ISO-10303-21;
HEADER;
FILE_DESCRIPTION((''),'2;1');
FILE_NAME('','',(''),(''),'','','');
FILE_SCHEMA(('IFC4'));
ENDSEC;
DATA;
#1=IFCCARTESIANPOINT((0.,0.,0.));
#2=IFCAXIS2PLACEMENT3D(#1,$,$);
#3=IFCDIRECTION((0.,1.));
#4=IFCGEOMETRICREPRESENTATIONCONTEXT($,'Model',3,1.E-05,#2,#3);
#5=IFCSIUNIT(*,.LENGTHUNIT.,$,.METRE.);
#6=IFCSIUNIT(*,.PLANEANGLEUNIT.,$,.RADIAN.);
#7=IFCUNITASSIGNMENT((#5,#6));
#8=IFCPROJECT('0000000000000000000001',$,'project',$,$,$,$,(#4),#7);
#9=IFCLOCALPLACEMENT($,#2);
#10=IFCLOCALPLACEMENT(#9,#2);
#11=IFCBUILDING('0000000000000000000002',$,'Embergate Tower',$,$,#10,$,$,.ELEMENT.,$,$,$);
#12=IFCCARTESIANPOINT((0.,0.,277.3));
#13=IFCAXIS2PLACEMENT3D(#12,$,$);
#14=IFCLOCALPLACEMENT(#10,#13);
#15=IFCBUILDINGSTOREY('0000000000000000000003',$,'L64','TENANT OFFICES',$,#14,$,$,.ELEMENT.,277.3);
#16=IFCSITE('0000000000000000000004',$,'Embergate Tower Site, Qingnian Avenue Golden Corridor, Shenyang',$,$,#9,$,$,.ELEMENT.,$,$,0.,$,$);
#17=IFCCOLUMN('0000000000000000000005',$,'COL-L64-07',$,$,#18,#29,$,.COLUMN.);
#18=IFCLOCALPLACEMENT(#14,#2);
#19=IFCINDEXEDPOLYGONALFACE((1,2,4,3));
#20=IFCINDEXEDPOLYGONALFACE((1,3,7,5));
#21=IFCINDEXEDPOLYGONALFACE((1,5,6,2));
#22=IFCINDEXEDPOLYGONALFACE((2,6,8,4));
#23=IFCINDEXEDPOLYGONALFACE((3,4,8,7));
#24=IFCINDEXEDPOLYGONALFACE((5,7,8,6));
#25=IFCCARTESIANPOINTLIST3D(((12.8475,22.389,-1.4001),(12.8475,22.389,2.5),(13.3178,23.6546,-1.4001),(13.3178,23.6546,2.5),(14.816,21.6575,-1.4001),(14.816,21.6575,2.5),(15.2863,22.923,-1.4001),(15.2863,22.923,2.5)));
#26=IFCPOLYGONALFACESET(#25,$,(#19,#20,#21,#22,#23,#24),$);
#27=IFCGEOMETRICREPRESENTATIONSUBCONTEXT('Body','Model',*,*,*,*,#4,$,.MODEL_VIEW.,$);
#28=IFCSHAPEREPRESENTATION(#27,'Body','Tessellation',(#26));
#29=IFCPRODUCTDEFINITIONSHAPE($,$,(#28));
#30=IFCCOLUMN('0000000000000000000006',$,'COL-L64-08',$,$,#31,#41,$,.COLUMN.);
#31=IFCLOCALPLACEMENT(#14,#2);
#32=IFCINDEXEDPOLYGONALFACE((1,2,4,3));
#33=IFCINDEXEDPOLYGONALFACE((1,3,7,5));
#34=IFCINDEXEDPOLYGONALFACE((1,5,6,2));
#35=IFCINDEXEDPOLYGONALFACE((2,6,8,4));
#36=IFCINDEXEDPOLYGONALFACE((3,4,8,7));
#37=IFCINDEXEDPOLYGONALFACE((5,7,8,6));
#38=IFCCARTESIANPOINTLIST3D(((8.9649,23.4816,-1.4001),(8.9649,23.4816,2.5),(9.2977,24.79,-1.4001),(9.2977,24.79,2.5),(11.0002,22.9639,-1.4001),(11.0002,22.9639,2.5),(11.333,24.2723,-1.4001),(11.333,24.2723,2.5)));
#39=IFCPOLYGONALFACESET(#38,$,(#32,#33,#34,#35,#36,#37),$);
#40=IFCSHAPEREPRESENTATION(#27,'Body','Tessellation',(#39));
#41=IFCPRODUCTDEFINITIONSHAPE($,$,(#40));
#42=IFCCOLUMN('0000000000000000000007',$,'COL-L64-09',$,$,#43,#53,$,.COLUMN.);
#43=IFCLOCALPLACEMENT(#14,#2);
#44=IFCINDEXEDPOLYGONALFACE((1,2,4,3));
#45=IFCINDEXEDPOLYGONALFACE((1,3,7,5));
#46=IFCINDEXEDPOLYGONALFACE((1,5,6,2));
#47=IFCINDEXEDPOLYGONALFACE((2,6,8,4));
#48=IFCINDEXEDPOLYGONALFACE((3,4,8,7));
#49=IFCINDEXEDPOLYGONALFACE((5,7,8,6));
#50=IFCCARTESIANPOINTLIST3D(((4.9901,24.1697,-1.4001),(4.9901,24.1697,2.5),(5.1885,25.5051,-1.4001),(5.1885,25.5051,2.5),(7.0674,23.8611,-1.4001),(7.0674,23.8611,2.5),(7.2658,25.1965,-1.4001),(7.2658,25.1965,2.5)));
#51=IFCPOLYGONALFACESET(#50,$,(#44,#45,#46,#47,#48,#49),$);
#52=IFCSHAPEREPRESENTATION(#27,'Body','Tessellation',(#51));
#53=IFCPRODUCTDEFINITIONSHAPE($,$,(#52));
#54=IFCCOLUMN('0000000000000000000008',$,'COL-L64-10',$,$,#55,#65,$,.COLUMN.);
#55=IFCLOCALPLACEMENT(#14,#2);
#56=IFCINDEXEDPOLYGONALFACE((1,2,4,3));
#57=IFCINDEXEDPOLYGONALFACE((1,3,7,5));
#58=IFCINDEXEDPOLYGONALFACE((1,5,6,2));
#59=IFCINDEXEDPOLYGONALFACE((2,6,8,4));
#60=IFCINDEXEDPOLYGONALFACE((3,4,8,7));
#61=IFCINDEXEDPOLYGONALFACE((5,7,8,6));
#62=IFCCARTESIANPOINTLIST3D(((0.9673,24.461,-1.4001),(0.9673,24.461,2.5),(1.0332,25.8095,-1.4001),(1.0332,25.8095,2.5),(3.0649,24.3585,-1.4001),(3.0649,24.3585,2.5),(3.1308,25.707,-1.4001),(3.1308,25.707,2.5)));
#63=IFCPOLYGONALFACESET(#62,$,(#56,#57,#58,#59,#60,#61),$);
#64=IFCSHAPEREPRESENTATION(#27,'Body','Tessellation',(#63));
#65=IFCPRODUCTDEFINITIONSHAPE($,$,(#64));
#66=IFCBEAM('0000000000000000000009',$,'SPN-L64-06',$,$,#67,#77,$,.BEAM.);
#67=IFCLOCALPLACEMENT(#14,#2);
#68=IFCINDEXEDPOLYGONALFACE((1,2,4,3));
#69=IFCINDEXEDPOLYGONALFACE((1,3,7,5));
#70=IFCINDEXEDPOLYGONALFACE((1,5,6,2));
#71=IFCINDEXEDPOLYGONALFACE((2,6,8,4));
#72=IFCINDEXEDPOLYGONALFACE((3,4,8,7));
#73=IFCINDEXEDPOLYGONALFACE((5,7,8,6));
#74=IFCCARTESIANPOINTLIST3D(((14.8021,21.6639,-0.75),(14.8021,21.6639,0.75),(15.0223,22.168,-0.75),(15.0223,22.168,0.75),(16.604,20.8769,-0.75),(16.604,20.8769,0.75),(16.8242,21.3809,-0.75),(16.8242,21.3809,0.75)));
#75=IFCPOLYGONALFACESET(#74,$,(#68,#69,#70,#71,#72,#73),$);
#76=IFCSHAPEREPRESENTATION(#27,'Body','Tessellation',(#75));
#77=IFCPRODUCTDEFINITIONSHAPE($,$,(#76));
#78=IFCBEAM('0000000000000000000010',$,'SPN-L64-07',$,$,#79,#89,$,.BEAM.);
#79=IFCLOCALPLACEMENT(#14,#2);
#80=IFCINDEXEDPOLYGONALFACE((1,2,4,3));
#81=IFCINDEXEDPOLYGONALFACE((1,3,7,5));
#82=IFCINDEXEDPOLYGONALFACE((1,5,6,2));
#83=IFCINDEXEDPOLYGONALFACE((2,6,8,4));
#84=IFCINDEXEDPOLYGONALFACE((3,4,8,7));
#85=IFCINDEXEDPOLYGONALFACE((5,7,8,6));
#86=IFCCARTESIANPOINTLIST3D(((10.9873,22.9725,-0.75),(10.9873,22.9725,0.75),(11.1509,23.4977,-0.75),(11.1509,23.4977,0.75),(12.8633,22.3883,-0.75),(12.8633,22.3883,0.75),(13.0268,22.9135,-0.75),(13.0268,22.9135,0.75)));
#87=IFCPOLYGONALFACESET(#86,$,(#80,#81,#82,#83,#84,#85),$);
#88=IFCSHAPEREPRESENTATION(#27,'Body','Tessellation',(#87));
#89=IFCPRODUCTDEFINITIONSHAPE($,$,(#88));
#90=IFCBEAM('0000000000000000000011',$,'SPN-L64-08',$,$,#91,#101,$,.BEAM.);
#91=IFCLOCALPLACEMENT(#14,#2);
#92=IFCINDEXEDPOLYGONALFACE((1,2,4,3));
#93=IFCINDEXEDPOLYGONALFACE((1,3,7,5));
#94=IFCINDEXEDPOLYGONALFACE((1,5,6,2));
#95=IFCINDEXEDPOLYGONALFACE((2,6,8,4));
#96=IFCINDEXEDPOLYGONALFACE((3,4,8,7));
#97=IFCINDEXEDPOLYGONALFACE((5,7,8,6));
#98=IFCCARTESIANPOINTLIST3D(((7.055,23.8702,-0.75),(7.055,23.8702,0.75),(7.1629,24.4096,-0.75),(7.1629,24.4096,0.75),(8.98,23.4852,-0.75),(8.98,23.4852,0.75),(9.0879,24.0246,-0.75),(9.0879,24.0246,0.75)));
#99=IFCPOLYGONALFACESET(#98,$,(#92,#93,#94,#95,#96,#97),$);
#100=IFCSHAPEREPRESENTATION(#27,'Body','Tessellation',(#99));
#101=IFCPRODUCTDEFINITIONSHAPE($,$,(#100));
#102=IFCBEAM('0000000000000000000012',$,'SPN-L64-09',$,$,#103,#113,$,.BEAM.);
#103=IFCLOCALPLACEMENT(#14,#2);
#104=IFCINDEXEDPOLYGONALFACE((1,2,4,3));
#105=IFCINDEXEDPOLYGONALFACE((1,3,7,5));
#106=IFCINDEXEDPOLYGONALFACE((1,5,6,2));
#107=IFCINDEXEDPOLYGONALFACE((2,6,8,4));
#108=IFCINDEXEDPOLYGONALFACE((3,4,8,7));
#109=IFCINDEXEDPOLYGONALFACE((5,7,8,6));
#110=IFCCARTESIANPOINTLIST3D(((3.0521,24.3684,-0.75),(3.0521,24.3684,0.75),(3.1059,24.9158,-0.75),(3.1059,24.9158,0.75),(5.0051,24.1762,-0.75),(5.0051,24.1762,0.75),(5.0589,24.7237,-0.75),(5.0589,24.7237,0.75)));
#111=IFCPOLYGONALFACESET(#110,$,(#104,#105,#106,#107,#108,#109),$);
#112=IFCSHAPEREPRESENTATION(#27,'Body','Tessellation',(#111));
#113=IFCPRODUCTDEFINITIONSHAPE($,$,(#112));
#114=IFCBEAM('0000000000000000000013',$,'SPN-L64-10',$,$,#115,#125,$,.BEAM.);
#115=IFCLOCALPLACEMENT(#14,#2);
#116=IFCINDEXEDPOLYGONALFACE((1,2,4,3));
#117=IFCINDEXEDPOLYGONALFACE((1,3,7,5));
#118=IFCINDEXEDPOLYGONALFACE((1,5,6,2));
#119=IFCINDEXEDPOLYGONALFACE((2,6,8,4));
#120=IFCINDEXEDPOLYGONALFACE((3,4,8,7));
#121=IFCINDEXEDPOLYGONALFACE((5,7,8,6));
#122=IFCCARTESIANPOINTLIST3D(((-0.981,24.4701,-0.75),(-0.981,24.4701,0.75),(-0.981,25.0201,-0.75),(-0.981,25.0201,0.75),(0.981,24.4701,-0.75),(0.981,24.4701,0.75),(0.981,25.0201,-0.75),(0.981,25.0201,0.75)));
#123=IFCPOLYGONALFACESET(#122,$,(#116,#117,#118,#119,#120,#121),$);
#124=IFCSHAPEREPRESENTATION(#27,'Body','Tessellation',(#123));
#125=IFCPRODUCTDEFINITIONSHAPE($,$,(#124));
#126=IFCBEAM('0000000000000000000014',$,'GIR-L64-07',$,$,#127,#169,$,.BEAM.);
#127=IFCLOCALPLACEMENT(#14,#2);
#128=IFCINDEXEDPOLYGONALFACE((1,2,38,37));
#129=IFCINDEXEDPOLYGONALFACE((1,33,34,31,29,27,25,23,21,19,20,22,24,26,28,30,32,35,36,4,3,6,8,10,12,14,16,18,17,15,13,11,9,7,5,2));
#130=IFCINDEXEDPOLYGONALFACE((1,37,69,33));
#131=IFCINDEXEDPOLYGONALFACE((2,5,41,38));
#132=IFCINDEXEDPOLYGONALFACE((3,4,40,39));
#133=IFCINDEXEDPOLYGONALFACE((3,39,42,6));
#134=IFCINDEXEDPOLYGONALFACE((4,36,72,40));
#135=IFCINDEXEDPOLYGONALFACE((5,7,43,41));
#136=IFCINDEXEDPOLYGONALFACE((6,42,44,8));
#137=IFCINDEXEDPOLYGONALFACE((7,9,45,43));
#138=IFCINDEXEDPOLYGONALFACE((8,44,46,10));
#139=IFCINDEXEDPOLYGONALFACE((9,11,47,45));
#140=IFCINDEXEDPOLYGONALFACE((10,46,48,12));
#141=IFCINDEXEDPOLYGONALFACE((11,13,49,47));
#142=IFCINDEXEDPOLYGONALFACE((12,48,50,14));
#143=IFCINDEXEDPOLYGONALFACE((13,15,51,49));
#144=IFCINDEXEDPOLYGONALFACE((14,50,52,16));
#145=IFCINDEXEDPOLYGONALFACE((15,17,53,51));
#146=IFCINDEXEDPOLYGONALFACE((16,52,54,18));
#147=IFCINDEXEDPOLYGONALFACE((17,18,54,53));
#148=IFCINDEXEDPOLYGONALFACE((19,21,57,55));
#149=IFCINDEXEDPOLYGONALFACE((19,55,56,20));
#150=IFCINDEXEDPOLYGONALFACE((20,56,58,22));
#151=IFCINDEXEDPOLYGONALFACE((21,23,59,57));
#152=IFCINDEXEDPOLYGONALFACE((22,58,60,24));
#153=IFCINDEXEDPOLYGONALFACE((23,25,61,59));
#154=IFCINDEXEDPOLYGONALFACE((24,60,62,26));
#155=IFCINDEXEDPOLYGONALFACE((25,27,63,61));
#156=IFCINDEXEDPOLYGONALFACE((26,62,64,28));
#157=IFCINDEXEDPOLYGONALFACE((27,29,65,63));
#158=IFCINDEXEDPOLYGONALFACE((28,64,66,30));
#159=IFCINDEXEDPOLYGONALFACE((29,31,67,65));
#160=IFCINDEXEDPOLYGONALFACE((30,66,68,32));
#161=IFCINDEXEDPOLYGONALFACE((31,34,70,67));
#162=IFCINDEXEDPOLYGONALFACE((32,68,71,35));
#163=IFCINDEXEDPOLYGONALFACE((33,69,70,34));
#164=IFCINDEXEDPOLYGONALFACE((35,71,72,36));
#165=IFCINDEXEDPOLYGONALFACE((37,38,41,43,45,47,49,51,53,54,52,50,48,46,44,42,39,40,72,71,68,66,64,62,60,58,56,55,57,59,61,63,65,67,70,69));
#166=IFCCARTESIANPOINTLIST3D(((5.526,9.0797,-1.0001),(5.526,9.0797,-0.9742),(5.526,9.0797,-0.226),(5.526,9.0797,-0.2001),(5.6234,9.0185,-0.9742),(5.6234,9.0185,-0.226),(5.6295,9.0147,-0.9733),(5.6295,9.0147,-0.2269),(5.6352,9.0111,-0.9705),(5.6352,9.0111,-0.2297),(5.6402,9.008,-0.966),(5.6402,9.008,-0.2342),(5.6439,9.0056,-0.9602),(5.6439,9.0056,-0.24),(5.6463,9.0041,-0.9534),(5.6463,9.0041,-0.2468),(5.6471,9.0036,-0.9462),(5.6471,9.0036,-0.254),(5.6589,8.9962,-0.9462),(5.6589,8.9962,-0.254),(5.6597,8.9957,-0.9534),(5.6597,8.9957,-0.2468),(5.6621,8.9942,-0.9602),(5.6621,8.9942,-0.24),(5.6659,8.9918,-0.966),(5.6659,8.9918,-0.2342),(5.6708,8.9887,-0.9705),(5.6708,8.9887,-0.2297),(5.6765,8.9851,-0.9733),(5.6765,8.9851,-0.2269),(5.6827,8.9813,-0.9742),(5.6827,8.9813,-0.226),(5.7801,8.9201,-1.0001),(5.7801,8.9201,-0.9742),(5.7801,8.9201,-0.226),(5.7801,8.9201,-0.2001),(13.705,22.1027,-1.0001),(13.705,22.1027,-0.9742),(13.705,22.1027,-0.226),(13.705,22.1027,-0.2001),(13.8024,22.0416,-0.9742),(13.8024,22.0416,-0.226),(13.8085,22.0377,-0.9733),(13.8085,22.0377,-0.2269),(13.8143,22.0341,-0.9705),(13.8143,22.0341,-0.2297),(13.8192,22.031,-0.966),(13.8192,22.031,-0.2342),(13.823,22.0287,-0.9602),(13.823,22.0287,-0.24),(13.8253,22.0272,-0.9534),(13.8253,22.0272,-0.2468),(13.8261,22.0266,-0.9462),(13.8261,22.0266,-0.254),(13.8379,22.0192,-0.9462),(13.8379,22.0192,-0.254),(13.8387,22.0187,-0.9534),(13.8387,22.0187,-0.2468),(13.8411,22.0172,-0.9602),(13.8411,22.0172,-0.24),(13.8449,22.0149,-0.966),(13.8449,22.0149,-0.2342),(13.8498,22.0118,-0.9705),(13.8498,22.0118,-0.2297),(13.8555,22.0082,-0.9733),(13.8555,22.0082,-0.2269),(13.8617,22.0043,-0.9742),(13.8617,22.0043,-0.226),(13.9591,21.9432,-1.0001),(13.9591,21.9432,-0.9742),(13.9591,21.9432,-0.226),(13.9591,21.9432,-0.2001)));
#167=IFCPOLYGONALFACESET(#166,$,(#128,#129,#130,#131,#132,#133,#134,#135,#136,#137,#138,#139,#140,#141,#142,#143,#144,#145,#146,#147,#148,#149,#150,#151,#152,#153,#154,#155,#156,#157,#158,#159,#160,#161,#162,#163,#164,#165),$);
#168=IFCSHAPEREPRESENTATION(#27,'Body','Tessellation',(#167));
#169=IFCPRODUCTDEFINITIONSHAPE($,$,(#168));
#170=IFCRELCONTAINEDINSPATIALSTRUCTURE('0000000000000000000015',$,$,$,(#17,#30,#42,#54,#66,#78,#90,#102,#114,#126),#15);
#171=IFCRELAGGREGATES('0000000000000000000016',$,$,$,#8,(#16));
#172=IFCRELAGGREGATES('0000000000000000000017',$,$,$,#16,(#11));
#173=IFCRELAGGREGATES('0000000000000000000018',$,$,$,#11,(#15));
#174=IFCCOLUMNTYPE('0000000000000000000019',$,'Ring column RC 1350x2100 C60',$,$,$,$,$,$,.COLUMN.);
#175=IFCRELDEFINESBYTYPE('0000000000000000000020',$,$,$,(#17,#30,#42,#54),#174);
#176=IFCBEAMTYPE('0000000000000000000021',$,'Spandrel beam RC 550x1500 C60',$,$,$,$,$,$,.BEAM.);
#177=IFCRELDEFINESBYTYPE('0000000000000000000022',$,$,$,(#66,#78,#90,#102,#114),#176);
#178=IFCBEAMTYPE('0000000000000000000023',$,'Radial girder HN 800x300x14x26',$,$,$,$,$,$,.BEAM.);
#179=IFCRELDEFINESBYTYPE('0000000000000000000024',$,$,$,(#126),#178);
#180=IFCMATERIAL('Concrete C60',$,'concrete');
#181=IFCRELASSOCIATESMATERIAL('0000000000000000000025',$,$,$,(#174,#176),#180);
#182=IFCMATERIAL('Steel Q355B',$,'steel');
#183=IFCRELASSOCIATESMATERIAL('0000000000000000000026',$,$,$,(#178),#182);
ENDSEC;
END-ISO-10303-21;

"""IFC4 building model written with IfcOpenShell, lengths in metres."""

from ifc_helpers import new_model, si_unit, direction, frame, origin, origin_2d, place, context, subcontext, project, spatial, rectangle, i_section, extrude, source, transform, mapped, material, material_profile, profile_set, type_object, element, save


model = new_model("IFC4")

# Units and contexts
model_context = context("Model", 3, precision=1e-05, world=origin(), true_north=direction((0.0, 1.0)))
body_context = subcontext(model_context, "Body", "Model", "MODEL_VIEW")
ifc_project = project(units=[si_unit("LENGTHUNIT", "METRE"), si_unit("PLANEANGLEUNIT", "RADIAN")], contexts=[model_context])

# Site, building, storey
site_placement = place(None, origin())
site = spatial("IfcSite", under=ifc_project, at=site_placement, Name="Embergate Tower Site, Qingnian Avenue Golden Corridor, Shenyang", CompositionType="ELEMENT", RefElevation=0.0)
building_placement = place(site_placement, origin())
building = spatial("IfcBuilding", under=site, at=building_placement, Name="Embergate Tower", CompositionType="ELEMENT")
storey_placement = place(building_placement, frame((0.0, 0.0, 277.3)))
storey = spatial("IfcBuildingStorey", under=building, at=storey_placement, Name="L64", Description="TENANT OFFICES", CompositionType="ELEMENT", Elevation=277.3)

# Columns
ifc_material_1 = material(Name="Concrete C60", Category="concrete")
ifc_material_profile_1 = material_profile(ifc_material_1, rectangle(XDim=1.3501, YDim=2.1001, at=origin_2d()), Name="RC 1350x2100")
ifc_profile_set_1 = profile_set([ifc_material_profile_1], Name="Concrete C60")
column_type = type_object("IfcColumnType", Name="Ring column RC 1350x2100 C60", PredefinedType="COLUMN", material=ifc_profile_set_1)
shared_shape_1 = source(origin(), body_context, "Body", "SweptSolid", [
    extrude(rectangle(XDim=1.3501, YDim=2.1001, at=origin_2d()), origin(), (0.0, 0.0, 1.0), 3.9001),
])
for number, where, z_axis, x_axis, name in (
    (1, (14.0669, 22.656, -1.4001), (0.0, 0.0, 1.0), (0.348343, 0.937367, 0.0), "COL-L64-07"),
    (2, (10.1489, 23.877, -1.4001), (0.0, 0.0, 1.0), (0.246492, 0.969145, 0.0), "COL-L64-08"),
    (3, (6.1279, 24.6831, -1.4001), (0.0, 0.0, 1.0), (0.146929, 0.989147, 0.0), "COL-L64-09"),
    (4, (2.0491, 25.084, -1.4001), (0.0, 0.0, 1.0), (0.048815, 0.998808, 0.0), "COL-L64-10"),
):
    element("IfcColumn", number, at=place(storey_placement, frame(where, z_axis=z_axis, x_axis=x_axis)), inside=storey, type_object=column_type, Name=name, PredefinedType="COLUMN", context=body_context, shape_type="MappedRepresentation", body=[
        mapped(shared_shape_1, transform((0.0, 0.0, 0.0))),
    ])

# Beams
ifc_material_profile_2 = material_profile(ifc_material_1, rectangle(XDim=0.55, YDim=1.5, at=origin_2d()), Name="RC 550x1500")
ifc_profile_set_2 = profile_set([ifc_material_profile_2], Name="Concrete C60")
beam_type_1 = type_object("IfcBeamType", Name="Spandrel beam RC 550x1500 C60", PredefinedType="BEAM", material=ifc_profile_set_2)
shared_shape_2 = source(origin(), body_context, "Body", "SweptSolid", [
    extrude(rectangle(XDim=0.55, YDim=1.5, at=origin_2d()), origin(), (0.0, 0.0, 1.0), 1.9663),
])
beam_1_placement = place(storey_placement, frame((16.7141, 21.1289, 0.0), z_axis=(-0.916394, 0.400278, 0.0), x_axis=(-0.400278, -0.916394, 0.0)))
element("IfcBeam", 5, at=beam_1_placement, inside=storey, type_object=beam_type_1, Name="SPN-L64-06", PredefinedType="BEAM", context=body_context, shape_type="MappedRepresentation", body=[
    mapped(shared_shape_2, transform((0.0, 0.0, 0.0))),
])
shared_shape_3 = source(origin(), body_context, "Body", "SweptSolid", [
    extrude(rectangle(XDim=0.55, YDim=1.5, at=origin_2d()), origin(), (0.0, 0.0, 1.0), 1.9648),
])
beam_2_placement = place(storey_placement, frame((12.9451, 22.6509, 0.0), z_axis=(-0.954771, 0.297341, 0.0), x_axis=(-0.297341, -0.954771, 0.0)))
element("IfcBeam", 6, at=beam_2_placement, inside=storey, type_object=beam_type_1, Name="SPN-L64-07", PredefinedType="BEAM", context=body_context, shape_type="MappedRepresentation", body=[
    mapped(shared_shape_3, transform((0.0, 0.0, 0.0))),
])
shared_shape_4 = source(origin(), body_context, "Body", "SweptSolid", [
    extrude(rectangle(XDim=0.55, YDim=1.5, at=origin_2d()), origin(), (0.0, 0.0, 1.0), 1.9631),
])
beam_3_placement = place(storey_placement, frame((9.0339, 23.7549, 0.0), z_axis=(-0.980581, 0.196116, 0.0), x_axis=(-0.196116, -0.980581, 0.0)))
element("IfcBeam", 7, at=beam_3_placement, inside=storey, type_object=beam_type_1, Name="SPN-L64-08", PredefinedType="BEAM", context=body_context, shape_type="MappedRepresentation", body=[
    mapped(shared_shape_4, transform((0.0, 0.0, 0.0))),
])
shared_shape_5 = source(origin(), body_context, "Body", "SweptSolid", [
    extrude(rectangle(XDim=0.55, YDim=1.5, at=origin_2d()), origin(), (0.0, 0.0, 1.0), 1.9624),
])
beam_4_placement = place(storey_placement, frame((5.032, 24.45, 0.0), z_axis=(-0.995195, 0.097915, 0.0), x_axis=(-0.097915, -0.995195, 0.0)))
element("IfcBeam", 8, at=beam_4_placement, inside=storey, type_object=beam_type_1, Name="SPN-L64-09", PredefinedType="BEAM", context=body_context, shape_type="MappedRepresentation", body=[
    mapped(shared_shape_5, transform((0.0, 0.0, 0.0))),
])
shared_shape_6 = source(origin(), body_context, "Body", "SweptSolid", [
    extrude(rectangle(XDim=0.55, YDim=1.5, at=origin_2d()), origin(), (0.0, 0.0, 1.0), 1.9619),
])
beam_5_placement = place(storey_placement, frame((0.981, 24.7451, 0.0), z_axis=(-1.0, 0.0, 0.0), x_axis=(0.0, -1.0, 0.0)))
element("IfcBeam", 9, at=beam_5_placement, inside=storey, type_object=beam_type_1, Name="SPN-L64-10", PredefinedType="BEAM", context=body_context, shape_type="MappedRepresentation", body=[
    mapped(shared_shape_6, transform((0.0, 0.0, 0.0))),
])
ifc_material_2 = material(Name="Steel Q355B", Category="steel")
ifc_material_profile_3 = material_profile(ifc_material_2, i_section(OverallWidth=0.3, OverallDepth=0.8, WebThickness=0.0139, FlangeThickness=0.0259, FilletRadius=0.0281, at=origin_2d()), Name="HN 800x300x14x26")
ifc_profile_set_3 = profile_set([ifc_material_profile_3], Name="Steel Q355 grade B")
beam_type_2 = type_object("IfcBeamType", Name="Radial girder HN 800x300x14x26", PredefinedType="BEAM", material=ifc_profile_set_3)
shared_shape_7 = source(origin(), body_context, "Body", "SweptSolid", [
    extrude(i_section(OverallWidth=0.3, OverallDepth=0.8, WebThickness=0.0139, FlangeThickness=0.0259, FilletRadius=0.0281, at=origin_2d()), origin(), (0.0, 0.0, 1.0), 15.3784),
])
beam_6_placement = place(storey_placement, frame((13.832, 22.0229, -0.6001), z_axis=(-0.53185, -0.846839, 0.0), x_axis=(0.846839, -0.53185, 0.0)))
element("IfcBeam", 10, at=beam_6_placement, inside=storey, type_object=beam_type_2, Name="GIR-L64-07", PredefinedType="BEAM", context=body_context, shape_type="MappedRepresentation", body=[
    mapped(shared_shape_7, transform((0.0, 0.0, 0.0))),
])

save(model, "model.ifc")
